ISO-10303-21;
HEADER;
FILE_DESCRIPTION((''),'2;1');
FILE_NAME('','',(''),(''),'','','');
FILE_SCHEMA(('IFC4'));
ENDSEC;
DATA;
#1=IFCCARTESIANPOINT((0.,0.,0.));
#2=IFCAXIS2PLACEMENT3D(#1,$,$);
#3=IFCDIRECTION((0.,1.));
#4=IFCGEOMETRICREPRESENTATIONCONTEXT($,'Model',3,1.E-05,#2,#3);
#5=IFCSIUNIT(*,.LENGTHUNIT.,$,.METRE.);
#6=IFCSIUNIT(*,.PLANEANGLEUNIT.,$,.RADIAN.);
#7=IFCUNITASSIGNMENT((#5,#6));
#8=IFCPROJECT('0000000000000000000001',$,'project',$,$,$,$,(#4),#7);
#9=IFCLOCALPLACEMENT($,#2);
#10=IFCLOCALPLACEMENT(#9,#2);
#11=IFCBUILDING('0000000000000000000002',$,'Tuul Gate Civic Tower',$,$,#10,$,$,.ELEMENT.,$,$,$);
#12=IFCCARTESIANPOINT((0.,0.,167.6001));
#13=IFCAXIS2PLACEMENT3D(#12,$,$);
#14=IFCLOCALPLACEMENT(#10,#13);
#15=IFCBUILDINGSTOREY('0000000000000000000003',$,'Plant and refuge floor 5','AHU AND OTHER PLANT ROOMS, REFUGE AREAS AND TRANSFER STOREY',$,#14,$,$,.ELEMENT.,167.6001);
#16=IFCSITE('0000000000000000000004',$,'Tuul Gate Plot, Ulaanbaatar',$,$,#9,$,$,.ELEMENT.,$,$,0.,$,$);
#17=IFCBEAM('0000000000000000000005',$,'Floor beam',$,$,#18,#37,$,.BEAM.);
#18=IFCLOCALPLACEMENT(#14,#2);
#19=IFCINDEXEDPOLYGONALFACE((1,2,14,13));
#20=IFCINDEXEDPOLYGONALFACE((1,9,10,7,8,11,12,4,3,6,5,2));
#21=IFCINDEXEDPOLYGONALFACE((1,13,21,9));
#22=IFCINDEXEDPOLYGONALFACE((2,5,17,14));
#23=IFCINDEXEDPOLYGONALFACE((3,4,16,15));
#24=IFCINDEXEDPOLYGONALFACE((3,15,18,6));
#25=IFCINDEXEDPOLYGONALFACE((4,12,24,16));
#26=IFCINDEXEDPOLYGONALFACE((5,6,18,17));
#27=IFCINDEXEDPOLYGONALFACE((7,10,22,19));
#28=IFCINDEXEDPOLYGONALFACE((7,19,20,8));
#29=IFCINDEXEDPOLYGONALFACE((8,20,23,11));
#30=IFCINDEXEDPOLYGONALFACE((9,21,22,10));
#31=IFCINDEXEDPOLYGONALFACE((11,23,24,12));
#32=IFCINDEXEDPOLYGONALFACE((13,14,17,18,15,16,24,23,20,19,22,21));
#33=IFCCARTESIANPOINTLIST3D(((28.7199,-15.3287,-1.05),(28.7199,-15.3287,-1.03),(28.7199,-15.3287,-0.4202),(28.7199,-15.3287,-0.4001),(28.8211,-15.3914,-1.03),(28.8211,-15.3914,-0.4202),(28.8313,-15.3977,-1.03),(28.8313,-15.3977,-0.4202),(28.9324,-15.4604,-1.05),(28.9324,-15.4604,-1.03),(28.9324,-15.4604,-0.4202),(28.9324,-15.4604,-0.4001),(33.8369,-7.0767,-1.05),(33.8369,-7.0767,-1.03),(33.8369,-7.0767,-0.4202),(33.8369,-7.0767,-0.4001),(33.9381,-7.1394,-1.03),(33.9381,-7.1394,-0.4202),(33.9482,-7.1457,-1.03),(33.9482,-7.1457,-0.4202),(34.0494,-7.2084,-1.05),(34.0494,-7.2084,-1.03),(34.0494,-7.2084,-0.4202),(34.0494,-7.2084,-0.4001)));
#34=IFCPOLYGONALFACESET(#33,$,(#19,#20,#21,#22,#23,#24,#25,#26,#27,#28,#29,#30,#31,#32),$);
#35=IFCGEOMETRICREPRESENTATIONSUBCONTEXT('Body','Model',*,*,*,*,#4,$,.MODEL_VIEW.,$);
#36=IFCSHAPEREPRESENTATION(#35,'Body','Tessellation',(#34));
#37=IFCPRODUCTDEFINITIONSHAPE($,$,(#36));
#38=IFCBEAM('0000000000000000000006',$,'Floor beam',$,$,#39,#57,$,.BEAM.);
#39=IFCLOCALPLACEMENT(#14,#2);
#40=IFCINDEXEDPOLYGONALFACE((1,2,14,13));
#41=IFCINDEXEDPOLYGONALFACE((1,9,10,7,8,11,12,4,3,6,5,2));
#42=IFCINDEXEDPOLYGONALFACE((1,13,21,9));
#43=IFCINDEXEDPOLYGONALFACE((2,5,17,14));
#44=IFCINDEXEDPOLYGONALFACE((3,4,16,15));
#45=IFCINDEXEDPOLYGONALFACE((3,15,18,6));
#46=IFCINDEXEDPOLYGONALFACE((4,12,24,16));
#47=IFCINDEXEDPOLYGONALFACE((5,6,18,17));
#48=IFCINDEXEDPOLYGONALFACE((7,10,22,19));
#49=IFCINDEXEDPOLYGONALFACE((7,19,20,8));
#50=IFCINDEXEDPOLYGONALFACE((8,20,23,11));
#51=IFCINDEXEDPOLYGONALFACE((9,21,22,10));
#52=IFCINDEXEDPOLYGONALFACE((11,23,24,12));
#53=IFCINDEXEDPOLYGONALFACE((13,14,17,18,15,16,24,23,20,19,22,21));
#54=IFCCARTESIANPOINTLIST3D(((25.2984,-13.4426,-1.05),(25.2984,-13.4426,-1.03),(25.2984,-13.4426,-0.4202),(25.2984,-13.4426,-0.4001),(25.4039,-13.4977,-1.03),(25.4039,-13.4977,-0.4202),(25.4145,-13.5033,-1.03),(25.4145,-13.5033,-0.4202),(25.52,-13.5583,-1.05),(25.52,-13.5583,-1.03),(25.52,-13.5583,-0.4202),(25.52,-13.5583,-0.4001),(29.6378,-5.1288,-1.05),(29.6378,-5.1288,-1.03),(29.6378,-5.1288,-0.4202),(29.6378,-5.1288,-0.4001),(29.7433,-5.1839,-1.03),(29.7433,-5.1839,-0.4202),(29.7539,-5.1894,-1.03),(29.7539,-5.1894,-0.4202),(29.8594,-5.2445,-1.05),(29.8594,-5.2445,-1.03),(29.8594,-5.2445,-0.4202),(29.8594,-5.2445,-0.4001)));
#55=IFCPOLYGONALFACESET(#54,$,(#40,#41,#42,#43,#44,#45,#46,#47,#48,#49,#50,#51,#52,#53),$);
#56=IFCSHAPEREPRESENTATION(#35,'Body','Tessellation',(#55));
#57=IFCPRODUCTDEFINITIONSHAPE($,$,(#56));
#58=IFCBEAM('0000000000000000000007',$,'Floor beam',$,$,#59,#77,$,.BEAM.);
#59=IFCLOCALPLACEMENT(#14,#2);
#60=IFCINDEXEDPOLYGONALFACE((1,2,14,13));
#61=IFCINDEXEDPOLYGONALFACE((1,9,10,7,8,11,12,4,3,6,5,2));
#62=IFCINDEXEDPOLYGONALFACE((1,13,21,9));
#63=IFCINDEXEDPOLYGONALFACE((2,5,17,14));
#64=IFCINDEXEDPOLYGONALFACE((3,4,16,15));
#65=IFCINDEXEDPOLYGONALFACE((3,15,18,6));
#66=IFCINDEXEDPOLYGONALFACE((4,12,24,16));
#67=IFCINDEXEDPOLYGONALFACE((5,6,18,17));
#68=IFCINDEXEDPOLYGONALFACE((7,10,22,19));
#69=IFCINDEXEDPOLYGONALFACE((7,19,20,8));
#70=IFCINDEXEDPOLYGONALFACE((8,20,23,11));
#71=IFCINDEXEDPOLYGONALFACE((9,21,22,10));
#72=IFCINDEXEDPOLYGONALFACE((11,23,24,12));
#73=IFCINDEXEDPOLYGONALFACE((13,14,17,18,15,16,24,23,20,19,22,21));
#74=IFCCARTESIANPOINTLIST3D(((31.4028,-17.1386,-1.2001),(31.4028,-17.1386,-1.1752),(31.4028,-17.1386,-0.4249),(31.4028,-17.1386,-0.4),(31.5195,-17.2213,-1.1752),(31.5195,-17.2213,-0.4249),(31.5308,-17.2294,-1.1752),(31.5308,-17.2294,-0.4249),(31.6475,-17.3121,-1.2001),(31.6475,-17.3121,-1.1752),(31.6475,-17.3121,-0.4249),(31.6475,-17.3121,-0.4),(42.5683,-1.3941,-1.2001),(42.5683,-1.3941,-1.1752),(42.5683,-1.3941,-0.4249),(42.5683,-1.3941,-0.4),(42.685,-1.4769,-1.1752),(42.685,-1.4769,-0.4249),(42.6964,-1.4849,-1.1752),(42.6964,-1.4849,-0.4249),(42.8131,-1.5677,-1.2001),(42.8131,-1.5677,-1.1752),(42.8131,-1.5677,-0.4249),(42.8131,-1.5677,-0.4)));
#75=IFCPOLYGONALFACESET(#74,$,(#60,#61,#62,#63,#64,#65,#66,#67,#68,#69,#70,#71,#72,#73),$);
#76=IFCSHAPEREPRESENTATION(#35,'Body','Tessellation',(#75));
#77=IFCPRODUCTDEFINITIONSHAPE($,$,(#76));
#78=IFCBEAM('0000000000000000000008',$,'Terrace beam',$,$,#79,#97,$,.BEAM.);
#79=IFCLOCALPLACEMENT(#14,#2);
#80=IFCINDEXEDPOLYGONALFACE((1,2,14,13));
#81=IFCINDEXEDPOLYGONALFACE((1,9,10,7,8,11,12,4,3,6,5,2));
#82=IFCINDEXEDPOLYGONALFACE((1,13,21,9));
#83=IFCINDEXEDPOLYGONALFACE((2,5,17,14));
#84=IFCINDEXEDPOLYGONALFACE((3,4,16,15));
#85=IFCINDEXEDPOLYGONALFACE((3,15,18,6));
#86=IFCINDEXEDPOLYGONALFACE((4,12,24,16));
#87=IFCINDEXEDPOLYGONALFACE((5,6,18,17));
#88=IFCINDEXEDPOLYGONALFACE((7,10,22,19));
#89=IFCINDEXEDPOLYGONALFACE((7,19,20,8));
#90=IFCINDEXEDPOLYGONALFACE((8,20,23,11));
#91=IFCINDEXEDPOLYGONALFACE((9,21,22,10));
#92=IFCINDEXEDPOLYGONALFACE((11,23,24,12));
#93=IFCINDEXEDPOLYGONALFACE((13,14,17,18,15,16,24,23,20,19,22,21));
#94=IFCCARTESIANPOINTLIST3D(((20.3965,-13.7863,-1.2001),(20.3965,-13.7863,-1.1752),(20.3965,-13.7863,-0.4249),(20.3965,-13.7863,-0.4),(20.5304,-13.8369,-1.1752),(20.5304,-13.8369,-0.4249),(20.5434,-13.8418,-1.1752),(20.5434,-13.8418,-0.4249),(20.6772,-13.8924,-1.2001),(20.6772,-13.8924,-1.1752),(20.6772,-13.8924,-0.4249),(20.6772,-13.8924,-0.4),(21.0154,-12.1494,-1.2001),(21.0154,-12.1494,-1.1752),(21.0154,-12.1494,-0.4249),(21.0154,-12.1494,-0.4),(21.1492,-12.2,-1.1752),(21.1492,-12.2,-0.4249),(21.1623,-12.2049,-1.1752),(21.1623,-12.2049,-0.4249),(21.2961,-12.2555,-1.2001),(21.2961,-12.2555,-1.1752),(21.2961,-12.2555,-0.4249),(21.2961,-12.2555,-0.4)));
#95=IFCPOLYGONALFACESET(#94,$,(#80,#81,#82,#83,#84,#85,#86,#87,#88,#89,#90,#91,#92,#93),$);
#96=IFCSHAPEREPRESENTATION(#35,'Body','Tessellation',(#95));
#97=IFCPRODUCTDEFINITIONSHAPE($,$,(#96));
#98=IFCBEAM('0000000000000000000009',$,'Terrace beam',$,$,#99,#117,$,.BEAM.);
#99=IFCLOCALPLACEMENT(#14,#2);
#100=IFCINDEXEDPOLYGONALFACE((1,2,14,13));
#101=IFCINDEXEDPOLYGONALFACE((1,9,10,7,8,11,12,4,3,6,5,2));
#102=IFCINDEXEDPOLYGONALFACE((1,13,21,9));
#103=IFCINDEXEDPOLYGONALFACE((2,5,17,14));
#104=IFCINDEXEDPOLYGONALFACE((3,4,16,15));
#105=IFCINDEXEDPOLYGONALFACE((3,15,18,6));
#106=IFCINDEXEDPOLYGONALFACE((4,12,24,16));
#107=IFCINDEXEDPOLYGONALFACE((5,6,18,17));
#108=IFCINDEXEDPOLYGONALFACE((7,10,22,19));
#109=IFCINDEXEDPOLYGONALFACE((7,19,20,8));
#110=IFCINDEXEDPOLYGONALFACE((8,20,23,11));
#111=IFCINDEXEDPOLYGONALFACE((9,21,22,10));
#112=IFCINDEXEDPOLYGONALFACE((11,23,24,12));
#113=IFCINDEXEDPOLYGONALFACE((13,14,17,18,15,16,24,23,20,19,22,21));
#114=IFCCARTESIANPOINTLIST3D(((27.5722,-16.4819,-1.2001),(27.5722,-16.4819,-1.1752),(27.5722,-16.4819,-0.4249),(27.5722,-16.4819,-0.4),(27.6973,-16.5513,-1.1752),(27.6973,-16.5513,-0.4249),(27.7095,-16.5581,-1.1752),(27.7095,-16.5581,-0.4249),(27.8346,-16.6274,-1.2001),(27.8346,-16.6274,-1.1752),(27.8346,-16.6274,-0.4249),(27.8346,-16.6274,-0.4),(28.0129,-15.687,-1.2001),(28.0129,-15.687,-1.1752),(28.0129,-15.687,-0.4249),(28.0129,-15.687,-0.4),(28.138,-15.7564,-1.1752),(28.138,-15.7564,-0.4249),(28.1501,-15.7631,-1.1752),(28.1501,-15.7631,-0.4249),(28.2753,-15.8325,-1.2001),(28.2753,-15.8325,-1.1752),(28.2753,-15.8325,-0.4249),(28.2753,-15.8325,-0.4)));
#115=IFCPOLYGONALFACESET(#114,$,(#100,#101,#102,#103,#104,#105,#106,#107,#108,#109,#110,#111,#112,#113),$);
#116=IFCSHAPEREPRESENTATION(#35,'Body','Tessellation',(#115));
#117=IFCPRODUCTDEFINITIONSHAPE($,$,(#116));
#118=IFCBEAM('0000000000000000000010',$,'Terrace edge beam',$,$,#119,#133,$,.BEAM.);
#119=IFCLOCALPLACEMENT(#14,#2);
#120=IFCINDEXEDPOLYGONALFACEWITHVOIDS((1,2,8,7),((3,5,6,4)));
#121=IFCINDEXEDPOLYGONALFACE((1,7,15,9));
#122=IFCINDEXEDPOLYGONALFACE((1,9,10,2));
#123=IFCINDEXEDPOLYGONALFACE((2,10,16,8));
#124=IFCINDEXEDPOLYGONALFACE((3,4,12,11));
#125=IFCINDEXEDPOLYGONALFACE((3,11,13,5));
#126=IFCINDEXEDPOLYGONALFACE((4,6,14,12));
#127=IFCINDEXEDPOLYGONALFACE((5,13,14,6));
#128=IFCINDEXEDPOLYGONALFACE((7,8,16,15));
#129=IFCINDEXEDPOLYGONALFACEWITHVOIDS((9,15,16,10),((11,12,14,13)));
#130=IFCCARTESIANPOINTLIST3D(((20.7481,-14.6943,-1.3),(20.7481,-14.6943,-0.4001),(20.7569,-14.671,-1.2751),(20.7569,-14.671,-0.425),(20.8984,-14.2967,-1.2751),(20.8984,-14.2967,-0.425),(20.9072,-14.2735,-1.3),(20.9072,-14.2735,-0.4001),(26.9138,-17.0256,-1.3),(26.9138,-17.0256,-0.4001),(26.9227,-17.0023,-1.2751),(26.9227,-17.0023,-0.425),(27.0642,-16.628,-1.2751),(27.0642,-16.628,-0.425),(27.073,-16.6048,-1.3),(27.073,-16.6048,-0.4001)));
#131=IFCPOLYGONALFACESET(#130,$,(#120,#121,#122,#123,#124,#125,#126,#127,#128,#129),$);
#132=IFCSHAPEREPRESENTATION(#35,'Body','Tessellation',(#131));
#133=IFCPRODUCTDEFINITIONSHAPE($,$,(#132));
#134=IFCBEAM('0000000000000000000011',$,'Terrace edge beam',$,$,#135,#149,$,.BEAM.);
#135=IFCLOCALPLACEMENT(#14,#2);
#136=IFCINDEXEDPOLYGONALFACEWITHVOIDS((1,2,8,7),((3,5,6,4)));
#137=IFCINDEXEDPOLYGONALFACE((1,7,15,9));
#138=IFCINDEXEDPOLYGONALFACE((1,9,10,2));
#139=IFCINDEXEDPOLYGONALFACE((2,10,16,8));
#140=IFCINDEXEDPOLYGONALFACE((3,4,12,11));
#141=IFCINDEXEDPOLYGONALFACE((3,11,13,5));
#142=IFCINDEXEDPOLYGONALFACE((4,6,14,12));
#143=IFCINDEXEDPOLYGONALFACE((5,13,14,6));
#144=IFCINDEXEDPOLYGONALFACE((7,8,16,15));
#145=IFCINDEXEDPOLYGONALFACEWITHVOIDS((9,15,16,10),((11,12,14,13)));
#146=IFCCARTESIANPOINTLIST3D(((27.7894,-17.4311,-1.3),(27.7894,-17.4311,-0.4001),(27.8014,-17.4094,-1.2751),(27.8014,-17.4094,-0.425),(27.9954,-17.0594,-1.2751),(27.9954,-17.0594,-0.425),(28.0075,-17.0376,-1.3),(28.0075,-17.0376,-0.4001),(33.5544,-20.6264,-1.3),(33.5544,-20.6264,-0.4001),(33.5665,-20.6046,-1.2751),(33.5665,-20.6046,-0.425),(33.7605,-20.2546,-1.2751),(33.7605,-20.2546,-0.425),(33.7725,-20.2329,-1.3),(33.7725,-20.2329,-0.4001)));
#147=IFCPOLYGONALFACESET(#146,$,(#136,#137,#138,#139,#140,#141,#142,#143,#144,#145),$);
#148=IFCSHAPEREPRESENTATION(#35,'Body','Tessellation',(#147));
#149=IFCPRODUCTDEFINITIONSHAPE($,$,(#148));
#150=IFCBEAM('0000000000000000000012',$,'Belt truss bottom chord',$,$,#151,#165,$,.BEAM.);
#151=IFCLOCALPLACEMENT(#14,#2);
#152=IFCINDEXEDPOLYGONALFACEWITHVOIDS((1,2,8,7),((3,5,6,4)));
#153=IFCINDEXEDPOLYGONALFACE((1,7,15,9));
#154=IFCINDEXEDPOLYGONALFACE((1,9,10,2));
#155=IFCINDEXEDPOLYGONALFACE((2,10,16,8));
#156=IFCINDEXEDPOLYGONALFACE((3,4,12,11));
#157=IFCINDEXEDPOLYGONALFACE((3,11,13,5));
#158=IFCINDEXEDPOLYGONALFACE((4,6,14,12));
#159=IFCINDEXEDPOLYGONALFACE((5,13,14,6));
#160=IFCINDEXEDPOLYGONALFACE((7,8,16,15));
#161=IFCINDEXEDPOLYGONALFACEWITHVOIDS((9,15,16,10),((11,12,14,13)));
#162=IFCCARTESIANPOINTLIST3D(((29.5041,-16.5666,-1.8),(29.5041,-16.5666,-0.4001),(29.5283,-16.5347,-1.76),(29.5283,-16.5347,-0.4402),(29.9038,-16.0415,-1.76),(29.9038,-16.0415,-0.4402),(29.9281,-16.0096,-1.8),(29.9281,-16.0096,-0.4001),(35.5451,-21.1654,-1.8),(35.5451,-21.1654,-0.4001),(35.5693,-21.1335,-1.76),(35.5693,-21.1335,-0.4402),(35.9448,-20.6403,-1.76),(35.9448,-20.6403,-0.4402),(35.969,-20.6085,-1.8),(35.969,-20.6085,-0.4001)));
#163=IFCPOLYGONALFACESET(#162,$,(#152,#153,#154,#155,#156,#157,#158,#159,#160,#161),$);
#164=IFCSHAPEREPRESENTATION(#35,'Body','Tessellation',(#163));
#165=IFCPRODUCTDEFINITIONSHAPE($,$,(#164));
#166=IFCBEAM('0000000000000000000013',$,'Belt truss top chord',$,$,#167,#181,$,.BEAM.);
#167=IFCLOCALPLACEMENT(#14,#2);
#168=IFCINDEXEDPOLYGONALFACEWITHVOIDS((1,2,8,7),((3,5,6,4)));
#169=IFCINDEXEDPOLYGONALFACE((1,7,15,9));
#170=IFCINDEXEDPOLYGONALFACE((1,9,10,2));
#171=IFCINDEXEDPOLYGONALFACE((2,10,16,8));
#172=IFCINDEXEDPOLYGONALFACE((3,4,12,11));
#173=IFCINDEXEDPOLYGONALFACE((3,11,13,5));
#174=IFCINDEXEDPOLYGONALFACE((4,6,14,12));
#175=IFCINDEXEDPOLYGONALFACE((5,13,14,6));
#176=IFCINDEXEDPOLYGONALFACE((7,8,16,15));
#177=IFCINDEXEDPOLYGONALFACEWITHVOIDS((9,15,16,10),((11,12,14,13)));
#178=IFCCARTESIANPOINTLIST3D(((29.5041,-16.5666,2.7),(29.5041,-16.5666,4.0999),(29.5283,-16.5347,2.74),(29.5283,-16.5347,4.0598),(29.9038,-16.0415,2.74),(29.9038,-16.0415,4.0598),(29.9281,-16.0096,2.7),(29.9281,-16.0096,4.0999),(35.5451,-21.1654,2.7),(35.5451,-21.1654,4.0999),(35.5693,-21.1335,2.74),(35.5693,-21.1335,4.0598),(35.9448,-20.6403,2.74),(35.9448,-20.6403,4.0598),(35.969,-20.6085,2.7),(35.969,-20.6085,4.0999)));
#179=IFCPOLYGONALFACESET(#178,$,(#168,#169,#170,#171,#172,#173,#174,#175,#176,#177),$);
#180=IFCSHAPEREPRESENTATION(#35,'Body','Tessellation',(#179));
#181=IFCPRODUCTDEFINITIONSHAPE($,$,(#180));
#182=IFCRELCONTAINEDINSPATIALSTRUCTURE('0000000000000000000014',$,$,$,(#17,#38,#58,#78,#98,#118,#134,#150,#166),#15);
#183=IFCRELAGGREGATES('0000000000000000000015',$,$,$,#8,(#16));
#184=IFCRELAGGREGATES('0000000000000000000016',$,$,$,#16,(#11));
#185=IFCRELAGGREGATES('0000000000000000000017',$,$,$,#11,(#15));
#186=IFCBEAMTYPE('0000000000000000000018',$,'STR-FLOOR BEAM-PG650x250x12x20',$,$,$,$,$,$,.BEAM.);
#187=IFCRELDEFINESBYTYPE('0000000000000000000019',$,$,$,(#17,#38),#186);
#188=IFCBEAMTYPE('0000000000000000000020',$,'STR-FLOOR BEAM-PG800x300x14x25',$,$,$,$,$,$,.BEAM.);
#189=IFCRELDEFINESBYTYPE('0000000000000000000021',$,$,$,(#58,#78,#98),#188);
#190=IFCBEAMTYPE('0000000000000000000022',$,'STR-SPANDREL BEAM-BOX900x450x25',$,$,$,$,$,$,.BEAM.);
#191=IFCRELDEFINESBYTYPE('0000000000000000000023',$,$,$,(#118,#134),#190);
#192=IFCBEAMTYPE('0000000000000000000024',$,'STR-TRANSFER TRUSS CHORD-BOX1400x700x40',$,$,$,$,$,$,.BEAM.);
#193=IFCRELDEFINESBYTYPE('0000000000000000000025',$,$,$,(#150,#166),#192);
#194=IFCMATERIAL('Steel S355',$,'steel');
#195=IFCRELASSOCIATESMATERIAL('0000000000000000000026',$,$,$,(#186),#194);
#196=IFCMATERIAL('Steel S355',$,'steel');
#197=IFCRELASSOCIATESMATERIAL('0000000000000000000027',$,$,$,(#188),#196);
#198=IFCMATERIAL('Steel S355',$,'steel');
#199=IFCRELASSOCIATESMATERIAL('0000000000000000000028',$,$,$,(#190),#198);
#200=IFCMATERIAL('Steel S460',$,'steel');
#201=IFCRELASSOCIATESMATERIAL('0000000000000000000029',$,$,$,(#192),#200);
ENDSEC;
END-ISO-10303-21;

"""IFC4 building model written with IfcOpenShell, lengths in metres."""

from ifc_helpers import new_model, si_unit, direction, frame, origin, origin_2d, place, context, subcontext, project, spatial, hollow_rectangle, i_section, extrude, material, material_profile, profile_set, type_object, element, save


model = new_model("IFC4")

# Units and contexts
model_context = context("Model", 3, precision=1e-05, world=origin(), true_north=direction((0.0, 1.0)))
body_context = subcontext(model_context, "Body", "Model", "MODEL_VIEW")
ifc_project = project(units=[si_unit("LENGTHUNIT", "METRE"), si_unit("PLANEANGLEUNIT", "RADIAN")], contexts=[model_context])

# Site, building, storey
site_placement = place(None, origin())
site = spatial("IfcSite", under=ifc_project, at=site_placement, Name="Tuul Gate Plot, Ulaanbaatar", CompositionType="ELEMENT", RefElevation=0.0)
building_placement = place(site_placement, origin())
building = spatial("IfcBuilding", under=site, at=building_placement, Name="Tuul Gate Civic Tower", CompositionType="ELEMENT")
storey_placement = place(building_placement, frame((0.0, 0.0, 167.6001)))
storey = spatial("IfcBuildingStorey", under=building, at=storey_placement, Name="Plant and refuge floor 5", Description="AHU AND OTHER PLANT ROOMS, REFUGE AREAS AND TRANSFER STOREY", CompositionType="ELEMENT", Elevation=167.6001)

# Beams
ifc_material_1 = material(Name="Steel S355", Category="steel")
ifc_material_profile_1 = material_profile(ifc_material_1, i_section(OverallWidth=0.25, OverallDepth=0.6499, WebThickness=0.012, FlangeThickness=0.02, at=origin_2d()), Name="PG650x250x12x20")
ifc_profile_set_1 = profile_set([ifc_material_profile_1], Name="Steel S355")
beam_type_1 = type_object("IfcBeamType", Name="STR-FLOOR BEAM-PG650x250x12x20", PredefinedType="BEAM", material=ifc_profile_set_1)
beam_1_placement = place(storey_placement, frame((28.8262, -15.3945, -0.7251), z_axis=(0.526994, 0.849869, 0.0), x_axis=(-0.849869, 0.526994, 0.0)))
element("IfcBeam", 1, at=beam_1_placement, inside=storey, type_object=beam_type_1, Name="Floor beam", PredefinedType="BEAM", context=body_context, shape_type="SweptSolid", body=[
    extrude(i_section(OverallWidth=0.25, OverallDepth=0.6499, WebThickness=0.012, FlangeThickness=0.02, at=origin_2d()), origin(), (0.0, 0.0, 1.0), 9.7097),
])
beam_2_placement = place(storey_placement, frame((25.4092, -13.5005, -0.7251), z_axis=(0.462714, 0.886508, 0.0), x_axis=(-0.886508, 0.462714, 0.0)))
element("IfcBeam", 2, at=beam_2_placement, inside=storey, type_object=beam_type_1, Name="Floor beam", PredefinedType="BEAM", context=body_context, shape_type="SweptSolid", body=[
    extrude(i_section(OverallWidth=0.25, OverallDepth=0.6499, WebThickness=0.012, FlangeThickness=0.02, at=origin_2d()), origin(), (0.0, 0.0, 1.0), 9.3782),
])
ifc_material_2 = material(Name="Steel S355", Category="steel")
ifc_material_profile_2 = material_profile(ifc_material_2, i_section(OverallWidth=0.3, OverallDepth=0.8, WebThickness=0.0139, FlangeThickness=0.0249, at=origin_2d()), Name="PG800x300x14x25")
ifc_profile_set_2 = profile_set([ifc_material_profile_2], Name="Steel S355")
beam_type_2 = type_object("IfcBeamType", Name="STR-FLOOR BEAM-PG800x300x14x25", PredefinedType="BEAM", material=ifc_profile_set_2)
beam_3_placement = place(storey_placement, frame((31.5251, -17.2253, -0.8), z_axis=(0.578475, 0.8157, 0.0), x_axis=(-0.8157, 0.578475, 0.0)))
element("IfcBeam", 3, at=beam_3_placement, inside=storey, type_object=beam_type_2, Name="Floor beam", PredefinedType="BEAM", context=body_context, shape_type="SweptSolid", body=[
    extrude(i_section(OverallWidth=0.3, OverallDepth=0.8, WebThickness=0.0139, FlangeThickness=0.0249, at=origin_2d()), origin(), (0.0, 0.0, 1.0), 19.3018),
])
beam_4_placement = place(storey_placement, frame((20.5369, -13.8394, -0.8), z_axis=(0.353645, 0.93538, 0.0), x_axis=(-0.93538, 0.353645, 0.0)))
element("IfcBeam", 4, at=beam_4_placement, inside=storey, type_object=beam_type_2, Name="Terrace beam", PredefinedType="BEAM", context=body_context, shape_type="SweptSolid", body=[
    extrude(i_section(OverallWidth=0.3, OverallDepth=0.8, WebThickness=0.0139, FlangeThickness=0.0249, at=origin_2d()), origin(), (0.0, 0.0, 1.0), 1.75),
])
beam_5_placement = place(storey_placement, frame((27.7034, -16.5547, -0.8), z_axis=(0.484844, 0.8746, 0.0), x_axis=(-0.8746, 0.484844, 0.0)))
element("IfcBeam", 5, at=beam_5_placement, inside=storey, type_object=beam_type_2, Name="Terrace beam", PredefinedType="BEAM", context=body_context, shape_type="SweptSolid", body=[
    extrude(i_section(OverallWidth=0.3, OverallDepth=0.8, WebThickness=0.0139, FlangeThickness=0.0249, at=origin_2d()), origin(), (0.0, 0.0, 1.0), 0.9089),
])
ifc_material_3 = material(Name="Steel S355", Category="steel")
ifc_material_profile_3 = material_profile(ifc_material_3, hollow_rectangle(XDim=0.45, YDim=0.8999, WallThickness=0.0249, at=origin_2d()), Name="BOX900x450x25")
ifc_profile_set_3 = profile_set([ifc_material_profile_3], Name="Steel S355")
beam_type_3 = type_object("IfcBeamType", Name="STR-SPANDREL BEAM-BOX900x450x25", PredefinedType="BEAM", material=ifc_profile_set_3)
beam_6_placement = place(storey_placement, frame((20.8276, -14.4839, -0.8501), z_axis=(0.935371, -0.353667, 0.0), x_axis=(0.353667, 0.935371, 0.0)))
element("IfcBeam", 6, at=beam_6_placement, inside=storey, type_object=beam_type_3, Name="Terrace edge beam", PredefinedType="BEAM", context=body_context, shape_type="SweptSolid", body=[
    extrude(hollow_rectangle(XDim=0.45, YDim=0.8999, WallThickness=0.0249, at=origin_2d()), origin(), (0.0, 0.0, 1.0), 6.5918),
])
beam_7_placement = place(storey_placement, frame((27.8984, -17.2344, -0.8501), z_axis=(0.874643, -0.484768, 0.0), x_axis=(0.484768, 0.874643, 0.0)))
element("IfcBeam", 7, at=beam_7_placement, inside=storey, type_object=beam_type_3, Name="Terrace edge beam", PredefinedType="BEAM", context=body_context, shape_type="SweptSolid", body=[
    extrude(hollow_rectangle(XDim=0.45, YDim=0.8999, WallThickness=0.0249, at=origin_2d()), origin(), (0.0, 0.0, 1.0), 6.5913),
])
ifc_material_4 = material(Name="Steel S460", Category="steel")
ifc_material_profile_4 = material_profile(ifc_material_4, hollow_rectangle(XDim=0.7, YDim=1.3999, WallThickness=0.04, at=origin_2d()), Name="BOX1400x700x40")
ifc_profile_set_4 = profile_set([ifc_material_profile_4], Name="Steel S460")
beam_type_4 = type_object("IfcBeamType", Name="STR-TRANSFER TRUSS CHORD-BOX1400x700x40", PredefinedType="BEAM", material=ifc_profile_set_4)
for number, where, z_axis, x_axis, name in (
    (8, (29.7161, -16.2881, -1.1001), (0.795673, -0.605726, 0.0), (0.605726, 0.795673, 0.0), "Belt truss bottom chord"),
    (9, (29.7161, -16.2881, 3.3999), (0.795673, -0.605726, 0.0), (0.605726, 0.795673, 0.0), "Belt truss top chord"),
):
    element("IfcBeam", number, at=place(storey_placement, frame(where, z_axis=z_axis, x_axis=x_axis)), inside=storey, type_object=beam_type_4, Name=name, PredefinedType="BEAM", context=body_context, shape_type="SweptSolid", body=[
        extrude(hollow_rectangle(XDim=0.7, YDim=1.3999, WallThickness=0.04, at=origin_2d()), origin(), (0.0, 0.0, 1.0), 7.5923),
    ])

save(model, "model.ifc")
